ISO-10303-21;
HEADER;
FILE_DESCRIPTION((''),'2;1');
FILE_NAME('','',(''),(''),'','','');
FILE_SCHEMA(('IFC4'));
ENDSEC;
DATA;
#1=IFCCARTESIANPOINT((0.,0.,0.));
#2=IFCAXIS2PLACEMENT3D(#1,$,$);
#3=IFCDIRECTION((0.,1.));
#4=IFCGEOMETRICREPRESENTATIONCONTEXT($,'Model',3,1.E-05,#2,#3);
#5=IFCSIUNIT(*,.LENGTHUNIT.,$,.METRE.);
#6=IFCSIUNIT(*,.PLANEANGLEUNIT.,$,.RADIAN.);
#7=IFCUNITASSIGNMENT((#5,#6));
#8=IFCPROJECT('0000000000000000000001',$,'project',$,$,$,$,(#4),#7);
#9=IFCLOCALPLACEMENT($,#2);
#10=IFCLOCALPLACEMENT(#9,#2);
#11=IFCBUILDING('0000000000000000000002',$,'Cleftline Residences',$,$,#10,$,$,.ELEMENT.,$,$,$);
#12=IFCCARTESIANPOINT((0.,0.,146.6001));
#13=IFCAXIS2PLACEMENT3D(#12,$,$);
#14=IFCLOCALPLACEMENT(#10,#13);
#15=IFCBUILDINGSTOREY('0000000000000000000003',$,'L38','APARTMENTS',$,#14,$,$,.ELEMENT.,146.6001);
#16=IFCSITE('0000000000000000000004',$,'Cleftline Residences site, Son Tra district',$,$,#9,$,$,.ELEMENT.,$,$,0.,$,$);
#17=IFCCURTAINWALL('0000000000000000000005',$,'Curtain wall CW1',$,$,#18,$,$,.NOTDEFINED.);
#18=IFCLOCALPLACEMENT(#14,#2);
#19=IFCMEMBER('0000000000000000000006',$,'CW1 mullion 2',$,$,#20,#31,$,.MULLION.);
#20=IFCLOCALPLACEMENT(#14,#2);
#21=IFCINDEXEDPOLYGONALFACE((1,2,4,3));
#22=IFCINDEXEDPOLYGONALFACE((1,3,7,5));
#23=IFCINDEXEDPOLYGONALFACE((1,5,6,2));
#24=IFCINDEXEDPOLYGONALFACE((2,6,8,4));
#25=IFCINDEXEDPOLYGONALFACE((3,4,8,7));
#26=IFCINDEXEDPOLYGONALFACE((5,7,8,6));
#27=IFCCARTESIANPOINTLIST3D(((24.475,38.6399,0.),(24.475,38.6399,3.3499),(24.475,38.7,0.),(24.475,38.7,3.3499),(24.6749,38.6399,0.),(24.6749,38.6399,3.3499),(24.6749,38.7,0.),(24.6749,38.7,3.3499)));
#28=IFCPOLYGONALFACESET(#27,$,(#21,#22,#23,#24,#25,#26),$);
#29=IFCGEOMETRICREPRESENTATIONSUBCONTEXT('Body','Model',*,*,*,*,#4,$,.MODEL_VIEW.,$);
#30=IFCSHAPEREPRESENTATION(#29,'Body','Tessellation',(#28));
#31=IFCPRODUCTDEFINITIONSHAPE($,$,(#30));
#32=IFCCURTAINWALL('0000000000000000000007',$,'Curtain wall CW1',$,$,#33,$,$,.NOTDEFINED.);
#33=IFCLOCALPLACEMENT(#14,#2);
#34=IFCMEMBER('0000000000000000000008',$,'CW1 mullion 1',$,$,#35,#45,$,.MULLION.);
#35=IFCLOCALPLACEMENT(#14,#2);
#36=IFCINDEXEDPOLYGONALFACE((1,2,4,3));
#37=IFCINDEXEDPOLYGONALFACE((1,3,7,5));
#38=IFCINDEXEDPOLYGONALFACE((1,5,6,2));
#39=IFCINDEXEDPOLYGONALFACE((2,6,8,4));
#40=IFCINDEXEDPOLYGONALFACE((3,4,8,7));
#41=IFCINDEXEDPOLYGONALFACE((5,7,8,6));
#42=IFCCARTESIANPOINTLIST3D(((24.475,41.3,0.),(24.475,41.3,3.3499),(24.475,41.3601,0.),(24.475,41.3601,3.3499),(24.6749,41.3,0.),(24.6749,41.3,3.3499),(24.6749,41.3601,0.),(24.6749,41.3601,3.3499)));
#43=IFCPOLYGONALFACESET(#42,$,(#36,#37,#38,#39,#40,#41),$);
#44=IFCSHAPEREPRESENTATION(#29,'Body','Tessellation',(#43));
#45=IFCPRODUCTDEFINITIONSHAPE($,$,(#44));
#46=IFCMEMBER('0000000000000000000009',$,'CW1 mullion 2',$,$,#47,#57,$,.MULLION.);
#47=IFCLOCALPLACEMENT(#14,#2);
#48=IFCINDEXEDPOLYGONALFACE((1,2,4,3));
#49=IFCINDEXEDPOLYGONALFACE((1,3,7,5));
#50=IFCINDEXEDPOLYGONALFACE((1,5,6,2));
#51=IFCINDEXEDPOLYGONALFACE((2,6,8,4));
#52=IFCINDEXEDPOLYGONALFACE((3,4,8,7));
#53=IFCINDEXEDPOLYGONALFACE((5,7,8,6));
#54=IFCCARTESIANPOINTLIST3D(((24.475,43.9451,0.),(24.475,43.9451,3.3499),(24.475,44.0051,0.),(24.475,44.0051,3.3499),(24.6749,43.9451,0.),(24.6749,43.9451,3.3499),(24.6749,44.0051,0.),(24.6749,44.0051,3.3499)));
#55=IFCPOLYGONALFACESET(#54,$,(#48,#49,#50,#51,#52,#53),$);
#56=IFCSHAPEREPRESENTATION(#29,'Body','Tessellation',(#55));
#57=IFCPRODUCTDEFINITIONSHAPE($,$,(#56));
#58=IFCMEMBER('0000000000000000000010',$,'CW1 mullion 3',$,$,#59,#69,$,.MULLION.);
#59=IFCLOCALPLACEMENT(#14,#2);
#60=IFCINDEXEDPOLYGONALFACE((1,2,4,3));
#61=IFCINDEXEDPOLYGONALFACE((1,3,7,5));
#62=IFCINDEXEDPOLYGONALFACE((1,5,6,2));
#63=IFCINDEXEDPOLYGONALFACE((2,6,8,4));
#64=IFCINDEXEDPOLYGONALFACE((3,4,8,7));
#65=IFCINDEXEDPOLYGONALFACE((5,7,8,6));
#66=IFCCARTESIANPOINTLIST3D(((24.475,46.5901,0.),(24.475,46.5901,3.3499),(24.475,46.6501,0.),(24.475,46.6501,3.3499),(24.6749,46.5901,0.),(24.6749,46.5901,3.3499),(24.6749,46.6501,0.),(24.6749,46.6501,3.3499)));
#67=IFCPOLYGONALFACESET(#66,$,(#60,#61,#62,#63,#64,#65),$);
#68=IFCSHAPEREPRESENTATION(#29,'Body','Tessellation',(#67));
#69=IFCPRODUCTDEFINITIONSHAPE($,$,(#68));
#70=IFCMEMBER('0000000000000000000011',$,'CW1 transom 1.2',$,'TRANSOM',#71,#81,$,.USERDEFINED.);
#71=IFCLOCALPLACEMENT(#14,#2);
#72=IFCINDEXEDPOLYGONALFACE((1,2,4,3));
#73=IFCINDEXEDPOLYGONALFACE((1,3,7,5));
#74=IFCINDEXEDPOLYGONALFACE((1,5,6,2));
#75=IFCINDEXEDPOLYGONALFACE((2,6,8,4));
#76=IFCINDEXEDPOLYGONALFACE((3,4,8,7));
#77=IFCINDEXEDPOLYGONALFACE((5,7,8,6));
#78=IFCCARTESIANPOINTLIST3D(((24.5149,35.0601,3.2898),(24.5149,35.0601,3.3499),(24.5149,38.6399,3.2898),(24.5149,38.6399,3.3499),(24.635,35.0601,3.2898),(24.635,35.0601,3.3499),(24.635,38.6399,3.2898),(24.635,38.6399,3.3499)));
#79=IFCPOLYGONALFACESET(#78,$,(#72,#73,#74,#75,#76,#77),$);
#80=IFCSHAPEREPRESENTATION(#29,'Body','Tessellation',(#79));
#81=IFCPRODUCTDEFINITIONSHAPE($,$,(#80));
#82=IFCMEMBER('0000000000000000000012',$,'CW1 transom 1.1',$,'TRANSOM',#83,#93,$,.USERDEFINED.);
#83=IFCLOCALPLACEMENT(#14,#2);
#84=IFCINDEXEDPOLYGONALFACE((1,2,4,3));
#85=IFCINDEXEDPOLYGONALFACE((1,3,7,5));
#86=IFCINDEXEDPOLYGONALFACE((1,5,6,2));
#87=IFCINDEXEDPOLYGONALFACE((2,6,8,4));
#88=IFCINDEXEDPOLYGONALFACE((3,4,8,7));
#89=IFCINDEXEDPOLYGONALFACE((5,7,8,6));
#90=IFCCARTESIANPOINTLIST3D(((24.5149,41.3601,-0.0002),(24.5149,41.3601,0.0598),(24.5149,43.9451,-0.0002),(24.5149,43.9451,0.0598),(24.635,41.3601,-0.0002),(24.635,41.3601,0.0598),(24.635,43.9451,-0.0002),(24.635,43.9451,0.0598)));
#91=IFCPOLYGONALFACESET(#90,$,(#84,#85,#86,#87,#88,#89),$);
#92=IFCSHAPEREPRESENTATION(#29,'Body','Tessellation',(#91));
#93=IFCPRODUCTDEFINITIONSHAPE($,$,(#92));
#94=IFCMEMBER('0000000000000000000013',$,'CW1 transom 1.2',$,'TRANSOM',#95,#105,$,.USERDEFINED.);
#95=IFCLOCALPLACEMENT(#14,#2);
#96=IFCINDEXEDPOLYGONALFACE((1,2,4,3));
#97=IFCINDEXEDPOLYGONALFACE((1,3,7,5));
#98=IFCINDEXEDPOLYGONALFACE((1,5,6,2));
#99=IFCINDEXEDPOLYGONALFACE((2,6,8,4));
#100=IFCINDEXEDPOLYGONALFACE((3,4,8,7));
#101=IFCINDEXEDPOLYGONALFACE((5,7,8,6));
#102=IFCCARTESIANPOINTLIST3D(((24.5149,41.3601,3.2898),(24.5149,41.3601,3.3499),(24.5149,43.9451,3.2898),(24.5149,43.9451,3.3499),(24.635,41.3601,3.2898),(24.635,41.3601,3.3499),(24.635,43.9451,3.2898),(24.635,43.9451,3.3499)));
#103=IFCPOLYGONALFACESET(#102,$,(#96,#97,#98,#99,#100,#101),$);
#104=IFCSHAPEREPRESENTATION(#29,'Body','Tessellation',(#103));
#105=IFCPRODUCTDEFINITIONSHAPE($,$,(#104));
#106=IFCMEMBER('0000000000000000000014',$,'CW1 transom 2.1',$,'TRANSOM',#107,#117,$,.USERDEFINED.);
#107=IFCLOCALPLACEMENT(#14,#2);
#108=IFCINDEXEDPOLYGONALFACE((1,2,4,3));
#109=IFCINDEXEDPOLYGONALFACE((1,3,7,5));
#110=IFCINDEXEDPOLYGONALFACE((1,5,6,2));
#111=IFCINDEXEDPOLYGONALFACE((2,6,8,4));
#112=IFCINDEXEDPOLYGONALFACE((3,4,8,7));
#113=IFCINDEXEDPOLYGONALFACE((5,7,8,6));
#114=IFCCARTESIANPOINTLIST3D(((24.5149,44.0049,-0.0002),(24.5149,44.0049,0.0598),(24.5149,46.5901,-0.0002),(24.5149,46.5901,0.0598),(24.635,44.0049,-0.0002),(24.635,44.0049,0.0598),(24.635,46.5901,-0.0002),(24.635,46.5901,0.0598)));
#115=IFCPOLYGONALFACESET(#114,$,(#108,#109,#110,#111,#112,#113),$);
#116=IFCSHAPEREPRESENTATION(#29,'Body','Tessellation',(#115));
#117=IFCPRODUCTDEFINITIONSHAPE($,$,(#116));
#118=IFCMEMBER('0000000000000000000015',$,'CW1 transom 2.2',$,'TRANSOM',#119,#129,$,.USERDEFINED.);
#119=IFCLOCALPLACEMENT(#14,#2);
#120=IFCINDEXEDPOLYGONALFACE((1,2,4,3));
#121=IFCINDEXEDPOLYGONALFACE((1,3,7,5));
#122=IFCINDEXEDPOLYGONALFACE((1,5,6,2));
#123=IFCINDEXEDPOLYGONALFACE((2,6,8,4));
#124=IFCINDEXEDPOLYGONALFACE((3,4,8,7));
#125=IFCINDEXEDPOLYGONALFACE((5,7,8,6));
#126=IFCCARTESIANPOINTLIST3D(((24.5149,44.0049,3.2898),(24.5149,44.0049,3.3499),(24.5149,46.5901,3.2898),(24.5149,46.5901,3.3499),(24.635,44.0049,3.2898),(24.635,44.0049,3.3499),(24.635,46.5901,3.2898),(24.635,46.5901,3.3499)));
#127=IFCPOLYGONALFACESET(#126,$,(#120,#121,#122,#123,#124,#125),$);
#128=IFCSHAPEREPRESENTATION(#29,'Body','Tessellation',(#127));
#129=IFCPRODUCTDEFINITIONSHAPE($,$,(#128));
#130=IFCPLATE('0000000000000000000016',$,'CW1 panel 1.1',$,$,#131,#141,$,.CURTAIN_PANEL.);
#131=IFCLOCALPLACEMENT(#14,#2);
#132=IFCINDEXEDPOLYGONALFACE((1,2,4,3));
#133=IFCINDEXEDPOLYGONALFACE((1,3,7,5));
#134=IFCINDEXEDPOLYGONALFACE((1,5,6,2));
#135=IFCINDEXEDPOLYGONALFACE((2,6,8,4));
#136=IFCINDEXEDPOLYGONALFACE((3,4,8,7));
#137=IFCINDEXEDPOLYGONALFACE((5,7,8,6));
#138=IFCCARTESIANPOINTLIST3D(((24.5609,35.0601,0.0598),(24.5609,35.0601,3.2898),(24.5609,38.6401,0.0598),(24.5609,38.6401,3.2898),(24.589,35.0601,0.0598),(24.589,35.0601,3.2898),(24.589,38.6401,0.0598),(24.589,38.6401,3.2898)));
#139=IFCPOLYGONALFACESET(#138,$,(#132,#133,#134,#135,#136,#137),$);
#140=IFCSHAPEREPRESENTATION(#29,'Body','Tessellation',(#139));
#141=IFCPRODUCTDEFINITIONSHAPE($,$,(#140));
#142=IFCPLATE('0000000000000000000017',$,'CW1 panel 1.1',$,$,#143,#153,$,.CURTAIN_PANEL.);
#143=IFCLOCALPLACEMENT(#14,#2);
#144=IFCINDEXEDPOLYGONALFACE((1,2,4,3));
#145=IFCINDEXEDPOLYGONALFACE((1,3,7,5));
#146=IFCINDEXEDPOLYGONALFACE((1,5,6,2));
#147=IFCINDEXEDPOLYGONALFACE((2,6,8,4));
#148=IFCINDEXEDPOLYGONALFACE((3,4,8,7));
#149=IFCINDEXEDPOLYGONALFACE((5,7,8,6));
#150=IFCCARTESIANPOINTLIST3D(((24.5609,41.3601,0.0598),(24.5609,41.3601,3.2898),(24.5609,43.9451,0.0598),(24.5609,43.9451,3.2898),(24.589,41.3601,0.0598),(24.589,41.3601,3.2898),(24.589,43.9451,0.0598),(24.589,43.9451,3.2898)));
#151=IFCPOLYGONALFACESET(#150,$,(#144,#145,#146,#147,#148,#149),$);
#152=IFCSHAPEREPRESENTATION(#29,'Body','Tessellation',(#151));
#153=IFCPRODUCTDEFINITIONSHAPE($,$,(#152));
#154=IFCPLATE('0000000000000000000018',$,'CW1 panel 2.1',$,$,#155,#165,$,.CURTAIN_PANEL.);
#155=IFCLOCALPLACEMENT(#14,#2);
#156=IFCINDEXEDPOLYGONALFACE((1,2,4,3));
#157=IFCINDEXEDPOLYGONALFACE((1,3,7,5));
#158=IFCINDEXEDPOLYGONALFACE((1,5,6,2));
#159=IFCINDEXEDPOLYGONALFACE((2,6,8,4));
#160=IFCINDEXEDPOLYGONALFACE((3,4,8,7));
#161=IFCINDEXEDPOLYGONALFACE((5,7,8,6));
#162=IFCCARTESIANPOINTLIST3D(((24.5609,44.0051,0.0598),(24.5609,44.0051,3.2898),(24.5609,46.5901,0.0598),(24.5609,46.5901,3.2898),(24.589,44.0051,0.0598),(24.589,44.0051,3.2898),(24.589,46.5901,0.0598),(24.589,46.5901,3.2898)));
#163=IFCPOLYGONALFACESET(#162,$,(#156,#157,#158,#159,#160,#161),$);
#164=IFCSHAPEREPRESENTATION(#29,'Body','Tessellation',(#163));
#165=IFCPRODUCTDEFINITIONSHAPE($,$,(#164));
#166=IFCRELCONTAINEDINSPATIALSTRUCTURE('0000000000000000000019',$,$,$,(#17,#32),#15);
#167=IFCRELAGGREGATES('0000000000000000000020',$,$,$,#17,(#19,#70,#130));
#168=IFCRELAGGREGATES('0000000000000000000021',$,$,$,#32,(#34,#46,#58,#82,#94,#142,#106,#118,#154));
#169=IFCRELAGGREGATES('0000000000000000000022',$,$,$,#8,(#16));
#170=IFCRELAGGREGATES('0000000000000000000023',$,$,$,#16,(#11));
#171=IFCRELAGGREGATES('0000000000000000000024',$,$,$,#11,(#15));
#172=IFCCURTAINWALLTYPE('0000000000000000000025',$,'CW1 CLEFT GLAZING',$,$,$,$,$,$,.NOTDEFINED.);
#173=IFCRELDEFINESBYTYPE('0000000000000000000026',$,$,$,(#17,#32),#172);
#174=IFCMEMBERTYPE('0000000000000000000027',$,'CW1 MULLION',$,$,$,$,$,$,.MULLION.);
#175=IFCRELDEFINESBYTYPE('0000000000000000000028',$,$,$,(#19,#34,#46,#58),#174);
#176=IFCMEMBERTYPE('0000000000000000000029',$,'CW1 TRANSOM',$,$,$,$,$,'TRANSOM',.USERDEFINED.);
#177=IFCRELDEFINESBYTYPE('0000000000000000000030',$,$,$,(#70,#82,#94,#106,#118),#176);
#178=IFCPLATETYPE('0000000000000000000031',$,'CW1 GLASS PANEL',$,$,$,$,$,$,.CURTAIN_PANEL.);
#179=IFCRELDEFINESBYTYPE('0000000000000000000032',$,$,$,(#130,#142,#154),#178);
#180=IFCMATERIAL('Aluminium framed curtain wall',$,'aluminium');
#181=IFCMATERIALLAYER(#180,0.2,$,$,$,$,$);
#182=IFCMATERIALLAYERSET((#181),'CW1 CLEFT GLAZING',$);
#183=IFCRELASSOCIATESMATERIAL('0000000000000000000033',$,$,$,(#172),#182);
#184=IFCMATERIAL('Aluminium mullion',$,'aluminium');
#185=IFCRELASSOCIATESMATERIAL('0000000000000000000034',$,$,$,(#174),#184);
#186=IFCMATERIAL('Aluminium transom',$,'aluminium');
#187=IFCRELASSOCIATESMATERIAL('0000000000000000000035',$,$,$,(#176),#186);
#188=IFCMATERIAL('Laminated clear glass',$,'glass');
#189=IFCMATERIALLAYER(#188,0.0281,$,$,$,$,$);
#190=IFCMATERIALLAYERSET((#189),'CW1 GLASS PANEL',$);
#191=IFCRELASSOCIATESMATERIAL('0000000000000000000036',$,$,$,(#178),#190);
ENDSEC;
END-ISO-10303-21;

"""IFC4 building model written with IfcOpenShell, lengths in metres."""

from ifc_helpers import new_model, si_unit, direction, frame, origin, origin_2d, place, context, subcontext, project, spatial, rectangle, extrude, material, layer, layer_set, material_profile, profile_set, type_object, element, aggregate, save


model = new_model("IFC4")

# Units and contexts
model_context = context("Model", 3, precision=1e-05, world=origin(), true_north=direction((0.0, 1.0)))
body_context = subcontext(model_context, "Body", "Model", "MODEL_VIEW")
ifc_project = project(units=[si_unit("LENGTHUNIT", "METRE"), si_unit("PLANEANGLEUNIT", "RADIAN")], contexts=[model_context])

# Site, building, storey
site_placement = place(None, origin())
site = spatial("IfcSite", under=ifc_project, at=site_placement, Name="Cleftline Residences site, Son Tra district", CompositionType="ELEMENT", RefElevation=0.0)
building_placement = place(site_placement, origin())
building = spatial("IfcBuilding", under=site, at=building_placement, Name="Cleftline Residences", CompositionType="ELEMENT")
storey_placement = place(building_placement, frame((0.0, 0.0, 146.6001)))
storey = spatial("IfcBuildingStorey", under=building, at=storey_placement, Name="L38", Description="APARTMENTS", CompositionType="ELEMENT", Elevation=146.6001)

# Curtain wall, member
ifc_material_1 = material(Name="Aluminium framed curtain wall", Category="aluminium")
ifc_layer_1 = layer(ifc_material_1, 0.2)
ifc_layer_set_1 = layer_set([ifc_layer_1], Name="CW1 CLEFT GLAZING")
curtain_wall_type = type_object("IfcCurtainWallType", Name="CW1 CLEFT GLAZING", PredefinedType="NOTDEFINED", material=ifc_layer_set_1)
curtain_wall_1_placement = place(storey_placement, origin())
curtain_wall_1 = element("IfcCurtainWall", 1, at=curtain_wall_1_placement, inside=storey, type_object=curtain_wall_type, Name="Curtain wall CW1", PredefinedType="NOTDEFINED")
ifc_material_2 = material(Name="Aluminium mullion", Category="aluminium")
ifc_material_profile_1 = material_profile(ifc_material_2, rectangle(XDim=0.2, YDim=0.0601, at=origin_2d()))
ifc_profile_set_1 = profile_set([ifc_material_profile_1], Name="Aluminium mullion")
member_type_1 = type_object("IfcMemberType", Name="CW1 MULLION", PredefinedType="MULLION", material=ifc_profile_set_1)
member_1_placement = place(storey_placement, frame((24.575, 38.6699, 0.0), z_axis=(0.0, 0.0, 1.0), x_axis=(-1.0, 0.0, 0.0)))
member_1 = element("IfcMember", 2, at=member_1_placement, type_object=member_type_1, Name="CW1 mullion 2", PredefinedType="MULLION", context=body_context, shape_type="SweptSolid", body=[
    extrude(rectangle(XDim=0.2, YDim=0.0601, at=origin_2d()), origin(), (0.0, 0.0, 1.0), 3.3499),
])

# Curtain wall, members
curtain_wall_2_placement = place(storey_placement, origin())
curtain_wall_2 = element("IfcCurtainWall", 3, at=curtain_wall_2_placement, inside=storey, type_object=curtain_wall_type, Name="Curtain wall CW1", PredefinedType="NOTDEFINED")
member_2_placement = place(storey_placement, frame((24.575, 41.3301, 0.0), z_axis=(0.0, 0.0, 1.0), x_axis=(-1.0, 0.0, 0.0)))
member_2 = element("IfcMember", 4, at=member_2_placement, type_object=member_type_1, Name="CW1 mullion 1", PredefinedType="MULLION", context=body_context, shape_type="SweptSolid", body=[
    extrude(rectangle(XDim=0.2, YDim=0.0601, at=origin_2d()), origin(), (0.0, 0.0, 1.0), 3.3499),
])
member_3_placement = place(storey_placement, frame((24.575, 43.9751, 0.0), z_axis=(0.0, 0.0, 1.0), x_axis=(-1.0, 0.0, 0.0)))
member_3 = element("IfcMember", 5, at=member_3_placement, type_object=member_type_1, Name="CW1 mullion 2", PredefinedType="MULLION", context=body_context, shape_type="SweptSolid", body=[
    extrude(rectangle(XDim=0.2, YDim=0.0601, at=origin_2d()), origin(), (0.0, 0.0, 1.0), 3.3499),
])
member_4_placement = place(storey_placement, frame((24.575, 46.6201, 0.0), z_axis=(0.0, 0.0, 1.0), x_axis=(-1.0, 0.0, 0.0)))
member_4 = element("IfcMember", 6, at=member_4_placement, type_object=member_type_1, Name="CW1 mullion 3", PredefinedType="MULLION", context=body_context, shape_type="SweptSolid", body=[
    extrude(rectangle(XDim=0.2, YDim=0.0601, at=origin_2d()), origin(), (0.0, 0.0, 1.0), 3.3499),
])

# Members
ifc_material_3 = material(Name="Aluminium transom", Category="aluminium")
ifc_material_profile_2 = material_profile(ifc_material_3, rectangle(XDim=0.1201, YDim=0.0601, at=origin_2d()))
ifc_profile_set_2 = profile_set([ifc_material_profile_2], Name="Aluminium transom")
member_type_2 = type_object("IfcMemberType", Name="CW1 TRANSOM", ElementType="TRANSOM", PredefinedType="USERDEFINED", material=ifc_profile_set_2)
member_5_placement = place(storey_placement, frame((24.575, 35.0601, 3.3198), z_axis=(0.0, 1.0, 0.0), x_axis=(-1.0, 0.0, 0.0)))
member_5 = element("IfcMember", 7, at=member_5_placement, type_object=member_type_2, Name="CW1 transom 1.2", ObjectType="TRANSOM", PredefinedType="USERDEFINED", context=body_context, shape_type="SweptSolid", body=[
    extrude(rectangle(XDim=0.1201, YDim=0.0601, at=origin_2d()), origin(), (0.0, 0.0, 1.0), 3.5798),
])
member_6_placement = place(storey_placement, frame((24.575, 41.3601, 0.0298), z_axis=(0.0, 1.0, 0.0), x_axis=(-1.0, 0.0, 0.0)))
member_6 = element("IfcMember", 8, at=member_6_placement, type_object=member_type_2, Name="CW1 transom 1.1", ObjectType="TRANSOM", PredefinedType="USERDEFINED", context=body_context, shape_type="SweptSolid", body=[
    extrude(rectangle(XDim=0.1201, YDim=0.0601, at=origin_2d()), origin(), (0.0, 0.0, 1.0), 2.585),
])
member_7_placement = place(storey_placement, frame((24.575, 41.3601, 3.3198), z_axis=(0.0, 1.0, 0.0), x_axis=(-1.0, 0.0, 0.0)))
member_7 = element("IfcMember", 9, at=member_7_placement, type_object=member_type_2, Name="CW1 transom 1.2", ObjectType="TRANSOM", PredefinedType="USERDEFINED", context=body_context, shape_type="SweptSolid", body=[
    extrude(rectangle(XDim=0.1201, YDim=0.0601, at=origin_2d()), origin(), (0.0, 0.0, 1.0), 2.585),
])
member_8_placement = place(storey_placement, frame((24.575, 44.0049, 0.0298), z_axis=(0.0, 1.0, 0.0), x_axis=(-1.0, 0.0, 0.0)))
member_8 = element("IfcMember", 10, at=member_8_placement, type_object=member_type_2, Name="CW1 transom 2.1", ObjectType="TRANSOM", PredefinedType="USERDEFINED", context=body_context, shape_type="SweptSolid", body=[
    extrude(rectangle(XDim=0.1201, YDim=0.0601, at=origin_2d()), origin(), (0.0, 0.0, 1.0), 2.5852),
])
member_9_placement = place(storey_placement, frame((24.575, 44.0049, 3.3198), z_axis=(0.0, 1.0, 0.0), x_axis=(-1.0, 0.0, 0.0)))
member_9 = element("IfcMember", 11, at=member_9_placement, type_object=member_type_2, Name="CW1 transom 2.2", ObjectType="TRANSOM", PredefinedType="USERDEFINED", context=body_context, shape_type="SweptSolid", body=[
    extrude(rectangle(XDim=0.1201, YDim=0.0601, at=origin_2d()), origin(), (0.0, 0.0, 1.0), 2.5852),
])

# Plates
ifc_material_4 = material(Name="Laminated clear glass", Category="glass")
ifc_layer_2 = layer(ifc_material_4, 0.0281)
ifc_layer_set_2 = layer_set([ifc_layer_2], Name="CW1 GLASS PANEL")
plate_type = type_object("IfcPlateType", Name="CW1 GLASS PANEL", PredefinedType="CURTAIN_PANEL", material=ifc_layer_set_2)
plate_1_placement = place(storey_placement, frame((24.575, 36.8501, 0.0598), z_axis=(0.0, 0.0, 1.0), x_axis=(0.0, 1.0, 0.0)))
plate_1 = element("IfcPlate", 12, at=plate_1_placement, type_object=plate_type, Name="CW1 panel 1.1", PredefinedType="CURTAIN_PANEL", context=body_context, shape_type="SweptSolid", body=[
    extrude(rectangle(XDim=3.5801, YDim=0.0281, at=origin_2d()), origin(), (0.0, 0.0, 1.0), 3.23),
])
aggregate(curtain_wall_1, [member_1, member_5, plate_1])
plate_2_placement = place(storey_placement, frame((24.575, 42.6526, 0.0598), z_axis=(0.0, 0.0, 1.0), x_axis=(0.0, 1.0, 0.0)))
plate_2 = element("IfcPlate", 13, at=plate_2_placement, type_object=plate_type, Name="CW1 panel 1.1", PredefinedType="CURTAIN_PANEL", context=body_context, shape_type="SweptSolid", body=[
    extrude(rectangle(XDim=2.585, YDim=0.0281, at=origin_2d()), origin(), (0.0, 0.0, 1.0), 3.23),
])
plate_3_placement = place(storey_placement, frame((24.575, 45.2976, 0.0598), z_axis=(0.0, 0.0, 1.0), x_axis=(0.0, 1.0, 0.0)))
plate_3 = element("IfcPlate", 14, at=plate_3_placement, type_object=plate_type, Name="CW1 panel 2.1", PredefinedType="CURTAIN_PANEL", context=body_context, shape_type="SweptSolid", body=[
    extrude(rectangle(XDim=2.585, YDim=0.0281, at=origin_2d()), origin(), (0.0, 0.0, 1.0), 3.23),
])
aggregate(curtain_wall_2, [member_2, member_3, member_4, member_6, member_7, plate_2, member_8, member_9, plate_3])

save(model, "model.ifc")
